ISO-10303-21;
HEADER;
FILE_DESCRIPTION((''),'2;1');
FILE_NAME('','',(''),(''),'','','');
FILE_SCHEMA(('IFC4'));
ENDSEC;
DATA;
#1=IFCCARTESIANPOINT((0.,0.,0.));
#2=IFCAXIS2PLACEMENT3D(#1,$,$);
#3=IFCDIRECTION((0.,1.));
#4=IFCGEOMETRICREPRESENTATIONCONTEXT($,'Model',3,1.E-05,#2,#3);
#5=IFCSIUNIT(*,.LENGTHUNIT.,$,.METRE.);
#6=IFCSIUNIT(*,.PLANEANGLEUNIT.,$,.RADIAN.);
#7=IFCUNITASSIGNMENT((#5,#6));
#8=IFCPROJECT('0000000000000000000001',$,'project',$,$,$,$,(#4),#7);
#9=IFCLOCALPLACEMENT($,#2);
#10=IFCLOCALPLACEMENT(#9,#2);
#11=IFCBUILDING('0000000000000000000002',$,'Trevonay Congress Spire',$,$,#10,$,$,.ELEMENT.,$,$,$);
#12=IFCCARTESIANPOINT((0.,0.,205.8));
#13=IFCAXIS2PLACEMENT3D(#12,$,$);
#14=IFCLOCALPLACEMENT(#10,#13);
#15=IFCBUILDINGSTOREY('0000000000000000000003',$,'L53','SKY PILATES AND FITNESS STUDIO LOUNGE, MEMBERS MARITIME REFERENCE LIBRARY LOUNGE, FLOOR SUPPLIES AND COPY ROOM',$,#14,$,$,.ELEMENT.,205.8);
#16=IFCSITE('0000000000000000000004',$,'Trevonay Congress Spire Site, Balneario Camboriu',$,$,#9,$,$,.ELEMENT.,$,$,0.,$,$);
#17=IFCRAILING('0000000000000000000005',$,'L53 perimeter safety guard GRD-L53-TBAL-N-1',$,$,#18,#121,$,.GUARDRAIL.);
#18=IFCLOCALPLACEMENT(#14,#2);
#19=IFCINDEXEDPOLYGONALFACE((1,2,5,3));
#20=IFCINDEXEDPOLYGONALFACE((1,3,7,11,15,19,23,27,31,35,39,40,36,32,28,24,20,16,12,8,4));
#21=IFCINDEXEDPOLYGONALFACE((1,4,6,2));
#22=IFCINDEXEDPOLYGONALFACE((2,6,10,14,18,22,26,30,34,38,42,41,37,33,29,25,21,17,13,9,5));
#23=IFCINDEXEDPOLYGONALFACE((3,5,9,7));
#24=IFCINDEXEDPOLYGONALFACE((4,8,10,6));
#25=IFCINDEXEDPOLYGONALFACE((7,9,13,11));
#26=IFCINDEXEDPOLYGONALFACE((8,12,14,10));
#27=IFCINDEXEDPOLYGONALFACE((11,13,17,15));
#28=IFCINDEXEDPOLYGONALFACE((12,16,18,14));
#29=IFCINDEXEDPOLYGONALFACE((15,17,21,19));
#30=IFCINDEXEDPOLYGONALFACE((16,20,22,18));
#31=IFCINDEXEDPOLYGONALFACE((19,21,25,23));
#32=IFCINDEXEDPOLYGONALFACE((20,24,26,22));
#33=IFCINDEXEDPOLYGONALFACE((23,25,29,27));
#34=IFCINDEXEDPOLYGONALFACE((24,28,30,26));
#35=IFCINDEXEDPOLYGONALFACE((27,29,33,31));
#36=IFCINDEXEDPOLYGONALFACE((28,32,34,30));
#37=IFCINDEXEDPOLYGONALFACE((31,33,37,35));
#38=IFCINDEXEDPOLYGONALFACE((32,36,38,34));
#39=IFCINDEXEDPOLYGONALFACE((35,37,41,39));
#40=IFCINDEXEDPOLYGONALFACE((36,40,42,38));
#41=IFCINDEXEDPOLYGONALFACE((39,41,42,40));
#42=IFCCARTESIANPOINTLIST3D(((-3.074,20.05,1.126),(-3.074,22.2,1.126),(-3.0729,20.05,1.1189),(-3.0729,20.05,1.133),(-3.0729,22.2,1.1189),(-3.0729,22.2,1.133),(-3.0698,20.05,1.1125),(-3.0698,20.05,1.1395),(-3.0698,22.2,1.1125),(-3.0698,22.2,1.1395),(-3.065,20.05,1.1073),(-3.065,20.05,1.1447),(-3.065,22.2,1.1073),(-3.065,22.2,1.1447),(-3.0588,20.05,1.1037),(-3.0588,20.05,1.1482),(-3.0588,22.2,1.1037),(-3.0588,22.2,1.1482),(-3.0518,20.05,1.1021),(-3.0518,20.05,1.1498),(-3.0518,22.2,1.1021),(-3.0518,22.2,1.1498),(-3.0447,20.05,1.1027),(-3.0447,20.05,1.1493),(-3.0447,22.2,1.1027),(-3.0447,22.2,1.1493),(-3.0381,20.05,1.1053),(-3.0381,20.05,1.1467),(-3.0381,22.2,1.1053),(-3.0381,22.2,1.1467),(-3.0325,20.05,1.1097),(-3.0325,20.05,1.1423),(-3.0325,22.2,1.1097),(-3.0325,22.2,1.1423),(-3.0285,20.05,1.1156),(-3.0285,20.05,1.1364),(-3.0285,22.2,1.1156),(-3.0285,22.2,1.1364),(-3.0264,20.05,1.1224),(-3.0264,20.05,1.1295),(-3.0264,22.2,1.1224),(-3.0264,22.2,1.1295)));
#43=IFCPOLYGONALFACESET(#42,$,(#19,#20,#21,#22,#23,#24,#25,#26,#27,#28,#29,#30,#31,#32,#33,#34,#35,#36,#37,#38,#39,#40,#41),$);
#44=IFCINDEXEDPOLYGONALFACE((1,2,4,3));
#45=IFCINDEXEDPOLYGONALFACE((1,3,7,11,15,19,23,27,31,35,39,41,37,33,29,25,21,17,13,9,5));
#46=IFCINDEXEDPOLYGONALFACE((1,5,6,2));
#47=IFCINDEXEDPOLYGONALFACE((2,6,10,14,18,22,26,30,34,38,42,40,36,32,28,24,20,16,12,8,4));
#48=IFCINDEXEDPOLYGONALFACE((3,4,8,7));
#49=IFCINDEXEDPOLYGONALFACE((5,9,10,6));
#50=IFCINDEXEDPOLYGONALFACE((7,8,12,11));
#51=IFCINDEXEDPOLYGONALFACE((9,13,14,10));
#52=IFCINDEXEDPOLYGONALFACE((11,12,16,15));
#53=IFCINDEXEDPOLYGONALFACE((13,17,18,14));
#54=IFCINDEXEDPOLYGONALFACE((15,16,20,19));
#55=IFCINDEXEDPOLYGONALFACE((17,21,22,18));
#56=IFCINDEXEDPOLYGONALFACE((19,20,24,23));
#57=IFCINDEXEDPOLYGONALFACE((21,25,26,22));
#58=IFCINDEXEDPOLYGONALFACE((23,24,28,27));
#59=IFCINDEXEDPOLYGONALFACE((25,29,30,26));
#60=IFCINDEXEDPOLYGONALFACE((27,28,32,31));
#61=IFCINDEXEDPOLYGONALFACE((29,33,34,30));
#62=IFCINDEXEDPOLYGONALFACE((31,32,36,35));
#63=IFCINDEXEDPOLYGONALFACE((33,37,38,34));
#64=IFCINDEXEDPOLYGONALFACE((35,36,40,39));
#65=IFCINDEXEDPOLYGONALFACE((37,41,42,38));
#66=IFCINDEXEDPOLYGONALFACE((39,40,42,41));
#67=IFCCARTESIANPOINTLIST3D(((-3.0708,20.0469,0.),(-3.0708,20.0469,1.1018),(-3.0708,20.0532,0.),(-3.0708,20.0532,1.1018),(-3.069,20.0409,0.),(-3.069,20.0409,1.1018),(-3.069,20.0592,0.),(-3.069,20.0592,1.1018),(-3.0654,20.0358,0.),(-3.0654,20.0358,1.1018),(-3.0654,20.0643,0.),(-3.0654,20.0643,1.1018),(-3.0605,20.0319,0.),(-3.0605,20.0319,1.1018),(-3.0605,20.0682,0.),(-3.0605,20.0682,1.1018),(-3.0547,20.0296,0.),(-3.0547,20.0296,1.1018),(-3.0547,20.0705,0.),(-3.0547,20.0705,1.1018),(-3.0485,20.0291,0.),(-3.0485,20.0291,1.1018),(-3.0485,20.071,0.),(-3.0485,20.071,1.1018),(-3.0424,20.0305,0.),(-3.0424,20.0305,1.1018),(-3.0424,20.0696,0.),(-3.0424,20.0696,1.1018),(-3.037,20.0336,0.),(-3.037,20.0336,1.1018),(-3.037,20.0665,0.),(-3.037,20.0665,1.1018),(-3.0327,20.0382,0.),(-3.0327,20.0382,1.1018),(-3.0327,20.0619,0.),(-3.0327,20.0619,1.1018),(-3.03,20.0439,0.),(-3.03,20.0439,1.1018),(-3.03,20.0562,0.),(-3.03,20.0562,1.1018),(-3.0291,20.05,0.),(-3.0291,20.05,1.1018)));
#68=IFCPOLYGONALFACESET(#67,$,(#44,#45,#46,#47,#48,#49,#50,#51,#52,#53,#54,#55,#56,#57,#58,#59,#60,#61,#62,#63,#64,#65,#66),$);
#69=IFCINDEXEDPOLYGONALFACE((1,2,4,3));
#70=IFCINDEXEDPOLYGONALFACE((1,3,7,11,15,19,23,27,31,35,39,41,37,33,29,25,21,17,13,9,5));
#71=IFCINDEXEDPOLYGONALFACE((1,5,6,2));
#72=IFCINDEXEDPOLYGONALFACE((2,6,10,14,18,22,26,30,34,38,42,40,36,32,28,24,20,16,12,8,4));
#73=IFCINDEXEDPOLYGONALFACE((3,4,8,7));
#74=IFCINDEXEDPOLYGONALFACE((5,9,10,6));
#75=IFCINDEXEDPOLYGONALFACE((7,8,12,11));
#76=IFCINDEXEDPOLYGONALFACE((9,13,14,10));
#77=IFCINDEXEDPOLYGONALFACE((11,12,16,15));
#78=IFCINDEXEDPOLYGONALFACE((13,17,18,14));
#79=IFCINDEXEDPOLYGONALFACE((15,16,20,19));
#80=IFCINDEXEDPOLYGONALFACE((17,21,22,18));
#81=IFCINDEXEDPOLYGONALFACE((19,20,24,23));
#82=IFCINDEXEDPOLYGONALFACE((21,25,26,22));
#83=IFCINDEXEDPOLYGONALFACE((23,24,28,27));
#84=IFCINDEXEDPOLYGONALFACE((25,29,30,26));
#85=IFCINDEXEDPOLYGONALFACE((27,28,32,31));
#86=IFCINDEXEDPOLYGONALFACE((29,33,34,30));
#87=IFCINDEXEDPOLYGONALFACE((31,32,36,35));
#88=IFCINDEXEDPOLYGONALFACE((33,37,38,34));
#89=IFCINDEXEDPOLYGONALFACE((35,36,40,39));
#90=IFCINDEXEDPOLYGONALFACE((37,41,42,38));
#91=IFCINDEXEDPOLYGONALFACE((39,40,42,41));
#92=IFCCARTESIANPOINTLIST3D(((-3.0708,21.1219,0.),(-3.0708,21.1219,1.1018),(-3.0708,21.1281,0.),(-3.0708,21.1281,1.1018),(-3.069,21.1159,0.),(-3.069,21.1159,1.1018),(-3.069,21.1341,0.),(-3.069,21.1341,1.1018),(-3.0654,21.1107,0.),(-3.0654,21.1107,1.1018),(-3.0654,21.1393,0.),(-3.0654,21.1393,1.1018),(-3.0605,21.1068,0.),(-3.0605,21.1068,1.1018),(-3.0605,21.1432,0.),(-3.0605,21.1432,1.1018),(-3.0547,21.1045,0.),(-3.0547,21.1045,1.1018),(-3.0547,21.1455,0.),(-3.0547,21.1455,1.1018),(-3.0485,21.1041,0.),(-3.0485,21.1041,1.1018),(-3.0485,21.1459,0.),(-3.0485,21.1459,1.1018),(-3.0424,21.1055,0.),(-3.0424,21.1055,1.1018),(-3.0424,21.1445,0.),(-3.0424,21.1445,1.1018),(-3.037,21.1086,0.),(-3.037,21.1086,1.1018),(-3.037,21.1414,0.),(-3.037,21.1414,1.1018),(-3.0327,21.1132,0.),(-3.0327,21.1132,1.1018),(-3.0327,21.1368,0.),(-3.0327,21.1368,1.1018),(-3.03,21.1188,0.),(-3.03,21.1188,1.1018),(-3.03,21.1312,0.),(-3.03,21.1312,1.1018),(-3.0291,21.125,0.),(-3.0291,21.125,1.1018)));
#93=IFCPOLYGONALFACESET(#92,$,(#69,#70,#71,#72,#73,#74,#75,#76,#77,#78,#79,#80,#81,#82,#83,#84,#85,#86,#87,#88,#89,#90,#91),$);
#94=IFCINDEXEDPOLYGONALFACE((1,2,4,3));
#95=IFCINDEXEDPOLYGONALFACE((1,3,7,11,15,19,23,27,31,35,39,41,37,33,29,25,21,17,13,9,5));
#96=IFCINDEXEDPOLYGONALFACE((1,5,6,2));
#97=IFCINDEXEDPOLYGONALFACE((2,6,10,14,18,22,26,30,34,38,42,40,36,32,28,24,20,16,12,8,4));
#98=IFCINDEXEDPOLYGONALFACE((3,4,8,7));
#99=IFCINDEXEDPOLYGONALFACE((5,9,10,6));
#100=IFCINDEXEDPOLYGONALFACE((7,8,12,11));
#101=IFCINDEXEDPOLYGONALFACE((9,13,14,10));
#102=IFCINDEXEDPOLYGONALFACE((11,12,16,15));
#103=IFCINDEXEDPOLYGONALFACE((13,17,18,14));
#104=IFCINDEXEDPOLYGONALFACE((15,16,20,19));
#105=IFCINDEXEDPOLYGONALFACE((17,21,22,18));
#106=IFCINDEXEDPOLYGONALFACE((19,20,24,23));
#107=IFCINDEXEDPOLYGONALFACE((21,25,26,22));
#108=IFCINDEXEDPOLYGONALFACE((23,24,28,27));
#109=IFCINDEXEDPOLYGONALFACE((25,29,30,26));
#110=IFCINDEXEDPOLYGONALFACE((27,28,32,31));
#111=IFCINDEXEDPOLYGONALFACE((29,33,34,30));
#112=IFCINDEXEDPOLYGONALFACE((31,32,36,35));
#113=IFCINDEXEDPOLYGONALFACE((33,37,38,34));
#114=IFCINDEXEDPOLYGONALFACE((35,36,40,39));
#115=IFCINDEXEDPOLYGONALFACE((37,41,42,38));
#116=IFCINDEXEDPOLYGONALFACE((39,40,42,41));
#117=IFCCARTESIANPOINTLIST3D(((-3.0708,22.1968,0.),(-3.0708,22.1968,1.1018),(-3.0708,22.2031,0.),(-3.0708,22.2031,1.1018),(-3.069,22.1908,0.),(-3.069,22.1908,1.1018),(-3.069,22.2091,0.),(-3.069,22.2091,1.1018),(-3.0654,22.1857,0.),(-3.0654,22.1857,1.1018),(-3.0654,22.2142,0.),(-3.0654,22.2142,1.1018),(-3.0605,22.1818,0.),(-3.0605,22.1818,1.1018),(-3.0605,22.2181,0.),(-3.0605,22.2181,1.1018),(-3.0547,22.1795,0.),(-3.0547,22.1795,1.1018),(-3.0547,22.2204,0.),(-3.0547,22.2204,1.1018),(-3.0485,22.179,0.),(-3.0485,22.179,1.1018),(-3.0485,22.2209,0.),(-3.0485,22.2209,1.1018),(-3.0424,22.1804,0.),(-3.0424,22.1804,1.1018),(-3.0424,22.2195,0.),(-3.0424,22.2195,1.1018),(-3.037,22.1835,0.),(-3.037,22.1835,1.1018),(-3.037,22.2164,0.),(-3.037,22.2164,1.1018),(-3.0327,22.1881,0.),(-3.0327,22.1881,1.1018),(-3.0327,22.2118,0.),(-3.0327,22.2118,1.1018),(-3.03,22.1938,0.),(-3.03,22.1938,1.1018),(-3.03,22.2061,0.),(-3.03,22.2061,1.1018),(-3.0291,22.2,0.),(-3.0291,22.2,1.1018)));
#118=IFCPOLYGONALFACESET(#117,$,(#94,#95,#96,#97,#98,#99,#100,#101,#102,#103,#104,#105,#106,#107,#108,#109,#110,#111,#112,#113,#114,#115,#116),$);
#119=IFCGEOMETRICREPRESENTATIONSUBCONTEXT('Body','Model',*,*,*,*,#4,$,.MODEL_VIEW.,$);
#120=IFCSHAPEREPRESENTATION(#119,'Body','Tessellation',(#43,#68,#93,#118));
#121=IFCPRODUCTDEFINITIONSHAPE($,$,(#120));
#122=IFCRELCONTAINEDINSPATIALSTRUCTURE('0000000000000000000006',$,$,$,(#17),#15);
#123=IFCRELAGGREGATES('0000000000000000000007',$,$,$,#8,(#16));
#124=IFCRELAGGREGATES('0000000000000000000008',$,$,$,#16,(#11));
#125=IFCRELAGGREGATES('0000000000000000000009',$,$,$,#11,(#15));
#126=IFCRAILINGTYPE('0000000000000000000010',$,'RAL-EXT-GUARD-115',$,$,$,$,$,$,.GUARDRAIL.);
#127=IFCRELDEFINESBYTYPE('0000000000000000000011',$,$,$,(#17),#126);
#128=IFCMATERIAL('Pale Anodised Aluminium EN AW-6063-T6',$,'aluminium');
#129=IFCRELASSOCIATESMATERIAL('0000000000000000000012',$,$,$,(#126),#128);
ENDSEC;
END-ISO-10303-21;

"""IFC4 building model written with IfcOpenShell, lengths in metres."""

from ifc_helpers import new_model, si_unit, direction, frame, origin, origin_2d, place, context, subcontext, project, spatial, circle, extrude, material, type_object, element, save


model = new_model("IFC4")

# Units and contexts
model_context = context("Model", 3, precision=1e-05, world=origin(), true_north=direction((0.0, 1.0)))
body_context = subcontext(model_context, "Body", "Model", "MODEL_VIEW")
ifc_project = project(units=[si_unit("LENGTHUNIT", "METRE"), si_unit("PLANEANGLEUNIT", "RADIAN")], contexts=[model_context])

# Site, building, storey
site_placement = place(None, origin())
site = spatial("IfcSite", under=ifc_project, at=site_placement, Name="Trevonay Congress Spire Site, Balneario Camboriu", CompositionType="ELEMENT", RefElevation=0.0)
building_placement = place(site_placement, origin())
building = spatial("IfcBuilding", under=site, at=building_placement, Name="Trevonay Congress Spire", CompositionType="ELEMENT")
storey_placement = place(building_placement, frame((0.0, 0.0, 205.8)))
storey = spatial("IfcBuildingStorey", under=building, at=storey_placement, Name="L53", Description="SKY PILATES AND FITNESS STUDIO LOUNGE, MEMBERS MARITIME REFERENCE LIBRARY LOUNGE, FLOOR SUPPLIES AND COPY ROOM", CompositionType="ELEMENT", Elevation=205.8)

# Shared definitions
ifc_material_1 = material(Name="Pale Anodised Aluminium EN AW-6063-T6", Category="aluminium")

# Railing
railing_type = type_object("IfcRailingType", Name="RAL-EXT-GUARD-115", PredefinedType="GUARDRAIL", material=ifc_material_1)
railing_1_placement = place(storey_placement, frame((-3.05, 20.05, 0.0)))
element("IfcRailing", 1, at=railing_1_placement, inside=storey, type_object=railing_type, Name="L53 perimeter safety guard GRD-L53-TBAL-N-1", PredefinedType="GUARDRAIL", context=body_context, shape_type="SweptSolid", body=[
    extrude(circle(Radius=0.0239, at=origin_2d()), frame((0.0, 0.0, 1.126), z_axis=(0.0, 1.0, 0.0), x_axis=(-1.0, 0.0, 0.0)), (0.0, 0.0, 1.0), 2.1499),
    extrude(circle(Radius=0.021, at=origin_2d()), origin(), (0.0, 0.0, 1.0), 1.1018),
    extrude(circle(Radius=0.021, at=origin_2d()), frame((0.0, 1.075, 0.0)), (0.0, 0.0, 1.0), 1.1018),
    extrude(circle(Radius=0.021, at=origin_2d()), frame((0.0, 2.1499, 0.0)), (0.0, 0.0, 1.0), 1.1018),
])

save(model, "model.ifc")
